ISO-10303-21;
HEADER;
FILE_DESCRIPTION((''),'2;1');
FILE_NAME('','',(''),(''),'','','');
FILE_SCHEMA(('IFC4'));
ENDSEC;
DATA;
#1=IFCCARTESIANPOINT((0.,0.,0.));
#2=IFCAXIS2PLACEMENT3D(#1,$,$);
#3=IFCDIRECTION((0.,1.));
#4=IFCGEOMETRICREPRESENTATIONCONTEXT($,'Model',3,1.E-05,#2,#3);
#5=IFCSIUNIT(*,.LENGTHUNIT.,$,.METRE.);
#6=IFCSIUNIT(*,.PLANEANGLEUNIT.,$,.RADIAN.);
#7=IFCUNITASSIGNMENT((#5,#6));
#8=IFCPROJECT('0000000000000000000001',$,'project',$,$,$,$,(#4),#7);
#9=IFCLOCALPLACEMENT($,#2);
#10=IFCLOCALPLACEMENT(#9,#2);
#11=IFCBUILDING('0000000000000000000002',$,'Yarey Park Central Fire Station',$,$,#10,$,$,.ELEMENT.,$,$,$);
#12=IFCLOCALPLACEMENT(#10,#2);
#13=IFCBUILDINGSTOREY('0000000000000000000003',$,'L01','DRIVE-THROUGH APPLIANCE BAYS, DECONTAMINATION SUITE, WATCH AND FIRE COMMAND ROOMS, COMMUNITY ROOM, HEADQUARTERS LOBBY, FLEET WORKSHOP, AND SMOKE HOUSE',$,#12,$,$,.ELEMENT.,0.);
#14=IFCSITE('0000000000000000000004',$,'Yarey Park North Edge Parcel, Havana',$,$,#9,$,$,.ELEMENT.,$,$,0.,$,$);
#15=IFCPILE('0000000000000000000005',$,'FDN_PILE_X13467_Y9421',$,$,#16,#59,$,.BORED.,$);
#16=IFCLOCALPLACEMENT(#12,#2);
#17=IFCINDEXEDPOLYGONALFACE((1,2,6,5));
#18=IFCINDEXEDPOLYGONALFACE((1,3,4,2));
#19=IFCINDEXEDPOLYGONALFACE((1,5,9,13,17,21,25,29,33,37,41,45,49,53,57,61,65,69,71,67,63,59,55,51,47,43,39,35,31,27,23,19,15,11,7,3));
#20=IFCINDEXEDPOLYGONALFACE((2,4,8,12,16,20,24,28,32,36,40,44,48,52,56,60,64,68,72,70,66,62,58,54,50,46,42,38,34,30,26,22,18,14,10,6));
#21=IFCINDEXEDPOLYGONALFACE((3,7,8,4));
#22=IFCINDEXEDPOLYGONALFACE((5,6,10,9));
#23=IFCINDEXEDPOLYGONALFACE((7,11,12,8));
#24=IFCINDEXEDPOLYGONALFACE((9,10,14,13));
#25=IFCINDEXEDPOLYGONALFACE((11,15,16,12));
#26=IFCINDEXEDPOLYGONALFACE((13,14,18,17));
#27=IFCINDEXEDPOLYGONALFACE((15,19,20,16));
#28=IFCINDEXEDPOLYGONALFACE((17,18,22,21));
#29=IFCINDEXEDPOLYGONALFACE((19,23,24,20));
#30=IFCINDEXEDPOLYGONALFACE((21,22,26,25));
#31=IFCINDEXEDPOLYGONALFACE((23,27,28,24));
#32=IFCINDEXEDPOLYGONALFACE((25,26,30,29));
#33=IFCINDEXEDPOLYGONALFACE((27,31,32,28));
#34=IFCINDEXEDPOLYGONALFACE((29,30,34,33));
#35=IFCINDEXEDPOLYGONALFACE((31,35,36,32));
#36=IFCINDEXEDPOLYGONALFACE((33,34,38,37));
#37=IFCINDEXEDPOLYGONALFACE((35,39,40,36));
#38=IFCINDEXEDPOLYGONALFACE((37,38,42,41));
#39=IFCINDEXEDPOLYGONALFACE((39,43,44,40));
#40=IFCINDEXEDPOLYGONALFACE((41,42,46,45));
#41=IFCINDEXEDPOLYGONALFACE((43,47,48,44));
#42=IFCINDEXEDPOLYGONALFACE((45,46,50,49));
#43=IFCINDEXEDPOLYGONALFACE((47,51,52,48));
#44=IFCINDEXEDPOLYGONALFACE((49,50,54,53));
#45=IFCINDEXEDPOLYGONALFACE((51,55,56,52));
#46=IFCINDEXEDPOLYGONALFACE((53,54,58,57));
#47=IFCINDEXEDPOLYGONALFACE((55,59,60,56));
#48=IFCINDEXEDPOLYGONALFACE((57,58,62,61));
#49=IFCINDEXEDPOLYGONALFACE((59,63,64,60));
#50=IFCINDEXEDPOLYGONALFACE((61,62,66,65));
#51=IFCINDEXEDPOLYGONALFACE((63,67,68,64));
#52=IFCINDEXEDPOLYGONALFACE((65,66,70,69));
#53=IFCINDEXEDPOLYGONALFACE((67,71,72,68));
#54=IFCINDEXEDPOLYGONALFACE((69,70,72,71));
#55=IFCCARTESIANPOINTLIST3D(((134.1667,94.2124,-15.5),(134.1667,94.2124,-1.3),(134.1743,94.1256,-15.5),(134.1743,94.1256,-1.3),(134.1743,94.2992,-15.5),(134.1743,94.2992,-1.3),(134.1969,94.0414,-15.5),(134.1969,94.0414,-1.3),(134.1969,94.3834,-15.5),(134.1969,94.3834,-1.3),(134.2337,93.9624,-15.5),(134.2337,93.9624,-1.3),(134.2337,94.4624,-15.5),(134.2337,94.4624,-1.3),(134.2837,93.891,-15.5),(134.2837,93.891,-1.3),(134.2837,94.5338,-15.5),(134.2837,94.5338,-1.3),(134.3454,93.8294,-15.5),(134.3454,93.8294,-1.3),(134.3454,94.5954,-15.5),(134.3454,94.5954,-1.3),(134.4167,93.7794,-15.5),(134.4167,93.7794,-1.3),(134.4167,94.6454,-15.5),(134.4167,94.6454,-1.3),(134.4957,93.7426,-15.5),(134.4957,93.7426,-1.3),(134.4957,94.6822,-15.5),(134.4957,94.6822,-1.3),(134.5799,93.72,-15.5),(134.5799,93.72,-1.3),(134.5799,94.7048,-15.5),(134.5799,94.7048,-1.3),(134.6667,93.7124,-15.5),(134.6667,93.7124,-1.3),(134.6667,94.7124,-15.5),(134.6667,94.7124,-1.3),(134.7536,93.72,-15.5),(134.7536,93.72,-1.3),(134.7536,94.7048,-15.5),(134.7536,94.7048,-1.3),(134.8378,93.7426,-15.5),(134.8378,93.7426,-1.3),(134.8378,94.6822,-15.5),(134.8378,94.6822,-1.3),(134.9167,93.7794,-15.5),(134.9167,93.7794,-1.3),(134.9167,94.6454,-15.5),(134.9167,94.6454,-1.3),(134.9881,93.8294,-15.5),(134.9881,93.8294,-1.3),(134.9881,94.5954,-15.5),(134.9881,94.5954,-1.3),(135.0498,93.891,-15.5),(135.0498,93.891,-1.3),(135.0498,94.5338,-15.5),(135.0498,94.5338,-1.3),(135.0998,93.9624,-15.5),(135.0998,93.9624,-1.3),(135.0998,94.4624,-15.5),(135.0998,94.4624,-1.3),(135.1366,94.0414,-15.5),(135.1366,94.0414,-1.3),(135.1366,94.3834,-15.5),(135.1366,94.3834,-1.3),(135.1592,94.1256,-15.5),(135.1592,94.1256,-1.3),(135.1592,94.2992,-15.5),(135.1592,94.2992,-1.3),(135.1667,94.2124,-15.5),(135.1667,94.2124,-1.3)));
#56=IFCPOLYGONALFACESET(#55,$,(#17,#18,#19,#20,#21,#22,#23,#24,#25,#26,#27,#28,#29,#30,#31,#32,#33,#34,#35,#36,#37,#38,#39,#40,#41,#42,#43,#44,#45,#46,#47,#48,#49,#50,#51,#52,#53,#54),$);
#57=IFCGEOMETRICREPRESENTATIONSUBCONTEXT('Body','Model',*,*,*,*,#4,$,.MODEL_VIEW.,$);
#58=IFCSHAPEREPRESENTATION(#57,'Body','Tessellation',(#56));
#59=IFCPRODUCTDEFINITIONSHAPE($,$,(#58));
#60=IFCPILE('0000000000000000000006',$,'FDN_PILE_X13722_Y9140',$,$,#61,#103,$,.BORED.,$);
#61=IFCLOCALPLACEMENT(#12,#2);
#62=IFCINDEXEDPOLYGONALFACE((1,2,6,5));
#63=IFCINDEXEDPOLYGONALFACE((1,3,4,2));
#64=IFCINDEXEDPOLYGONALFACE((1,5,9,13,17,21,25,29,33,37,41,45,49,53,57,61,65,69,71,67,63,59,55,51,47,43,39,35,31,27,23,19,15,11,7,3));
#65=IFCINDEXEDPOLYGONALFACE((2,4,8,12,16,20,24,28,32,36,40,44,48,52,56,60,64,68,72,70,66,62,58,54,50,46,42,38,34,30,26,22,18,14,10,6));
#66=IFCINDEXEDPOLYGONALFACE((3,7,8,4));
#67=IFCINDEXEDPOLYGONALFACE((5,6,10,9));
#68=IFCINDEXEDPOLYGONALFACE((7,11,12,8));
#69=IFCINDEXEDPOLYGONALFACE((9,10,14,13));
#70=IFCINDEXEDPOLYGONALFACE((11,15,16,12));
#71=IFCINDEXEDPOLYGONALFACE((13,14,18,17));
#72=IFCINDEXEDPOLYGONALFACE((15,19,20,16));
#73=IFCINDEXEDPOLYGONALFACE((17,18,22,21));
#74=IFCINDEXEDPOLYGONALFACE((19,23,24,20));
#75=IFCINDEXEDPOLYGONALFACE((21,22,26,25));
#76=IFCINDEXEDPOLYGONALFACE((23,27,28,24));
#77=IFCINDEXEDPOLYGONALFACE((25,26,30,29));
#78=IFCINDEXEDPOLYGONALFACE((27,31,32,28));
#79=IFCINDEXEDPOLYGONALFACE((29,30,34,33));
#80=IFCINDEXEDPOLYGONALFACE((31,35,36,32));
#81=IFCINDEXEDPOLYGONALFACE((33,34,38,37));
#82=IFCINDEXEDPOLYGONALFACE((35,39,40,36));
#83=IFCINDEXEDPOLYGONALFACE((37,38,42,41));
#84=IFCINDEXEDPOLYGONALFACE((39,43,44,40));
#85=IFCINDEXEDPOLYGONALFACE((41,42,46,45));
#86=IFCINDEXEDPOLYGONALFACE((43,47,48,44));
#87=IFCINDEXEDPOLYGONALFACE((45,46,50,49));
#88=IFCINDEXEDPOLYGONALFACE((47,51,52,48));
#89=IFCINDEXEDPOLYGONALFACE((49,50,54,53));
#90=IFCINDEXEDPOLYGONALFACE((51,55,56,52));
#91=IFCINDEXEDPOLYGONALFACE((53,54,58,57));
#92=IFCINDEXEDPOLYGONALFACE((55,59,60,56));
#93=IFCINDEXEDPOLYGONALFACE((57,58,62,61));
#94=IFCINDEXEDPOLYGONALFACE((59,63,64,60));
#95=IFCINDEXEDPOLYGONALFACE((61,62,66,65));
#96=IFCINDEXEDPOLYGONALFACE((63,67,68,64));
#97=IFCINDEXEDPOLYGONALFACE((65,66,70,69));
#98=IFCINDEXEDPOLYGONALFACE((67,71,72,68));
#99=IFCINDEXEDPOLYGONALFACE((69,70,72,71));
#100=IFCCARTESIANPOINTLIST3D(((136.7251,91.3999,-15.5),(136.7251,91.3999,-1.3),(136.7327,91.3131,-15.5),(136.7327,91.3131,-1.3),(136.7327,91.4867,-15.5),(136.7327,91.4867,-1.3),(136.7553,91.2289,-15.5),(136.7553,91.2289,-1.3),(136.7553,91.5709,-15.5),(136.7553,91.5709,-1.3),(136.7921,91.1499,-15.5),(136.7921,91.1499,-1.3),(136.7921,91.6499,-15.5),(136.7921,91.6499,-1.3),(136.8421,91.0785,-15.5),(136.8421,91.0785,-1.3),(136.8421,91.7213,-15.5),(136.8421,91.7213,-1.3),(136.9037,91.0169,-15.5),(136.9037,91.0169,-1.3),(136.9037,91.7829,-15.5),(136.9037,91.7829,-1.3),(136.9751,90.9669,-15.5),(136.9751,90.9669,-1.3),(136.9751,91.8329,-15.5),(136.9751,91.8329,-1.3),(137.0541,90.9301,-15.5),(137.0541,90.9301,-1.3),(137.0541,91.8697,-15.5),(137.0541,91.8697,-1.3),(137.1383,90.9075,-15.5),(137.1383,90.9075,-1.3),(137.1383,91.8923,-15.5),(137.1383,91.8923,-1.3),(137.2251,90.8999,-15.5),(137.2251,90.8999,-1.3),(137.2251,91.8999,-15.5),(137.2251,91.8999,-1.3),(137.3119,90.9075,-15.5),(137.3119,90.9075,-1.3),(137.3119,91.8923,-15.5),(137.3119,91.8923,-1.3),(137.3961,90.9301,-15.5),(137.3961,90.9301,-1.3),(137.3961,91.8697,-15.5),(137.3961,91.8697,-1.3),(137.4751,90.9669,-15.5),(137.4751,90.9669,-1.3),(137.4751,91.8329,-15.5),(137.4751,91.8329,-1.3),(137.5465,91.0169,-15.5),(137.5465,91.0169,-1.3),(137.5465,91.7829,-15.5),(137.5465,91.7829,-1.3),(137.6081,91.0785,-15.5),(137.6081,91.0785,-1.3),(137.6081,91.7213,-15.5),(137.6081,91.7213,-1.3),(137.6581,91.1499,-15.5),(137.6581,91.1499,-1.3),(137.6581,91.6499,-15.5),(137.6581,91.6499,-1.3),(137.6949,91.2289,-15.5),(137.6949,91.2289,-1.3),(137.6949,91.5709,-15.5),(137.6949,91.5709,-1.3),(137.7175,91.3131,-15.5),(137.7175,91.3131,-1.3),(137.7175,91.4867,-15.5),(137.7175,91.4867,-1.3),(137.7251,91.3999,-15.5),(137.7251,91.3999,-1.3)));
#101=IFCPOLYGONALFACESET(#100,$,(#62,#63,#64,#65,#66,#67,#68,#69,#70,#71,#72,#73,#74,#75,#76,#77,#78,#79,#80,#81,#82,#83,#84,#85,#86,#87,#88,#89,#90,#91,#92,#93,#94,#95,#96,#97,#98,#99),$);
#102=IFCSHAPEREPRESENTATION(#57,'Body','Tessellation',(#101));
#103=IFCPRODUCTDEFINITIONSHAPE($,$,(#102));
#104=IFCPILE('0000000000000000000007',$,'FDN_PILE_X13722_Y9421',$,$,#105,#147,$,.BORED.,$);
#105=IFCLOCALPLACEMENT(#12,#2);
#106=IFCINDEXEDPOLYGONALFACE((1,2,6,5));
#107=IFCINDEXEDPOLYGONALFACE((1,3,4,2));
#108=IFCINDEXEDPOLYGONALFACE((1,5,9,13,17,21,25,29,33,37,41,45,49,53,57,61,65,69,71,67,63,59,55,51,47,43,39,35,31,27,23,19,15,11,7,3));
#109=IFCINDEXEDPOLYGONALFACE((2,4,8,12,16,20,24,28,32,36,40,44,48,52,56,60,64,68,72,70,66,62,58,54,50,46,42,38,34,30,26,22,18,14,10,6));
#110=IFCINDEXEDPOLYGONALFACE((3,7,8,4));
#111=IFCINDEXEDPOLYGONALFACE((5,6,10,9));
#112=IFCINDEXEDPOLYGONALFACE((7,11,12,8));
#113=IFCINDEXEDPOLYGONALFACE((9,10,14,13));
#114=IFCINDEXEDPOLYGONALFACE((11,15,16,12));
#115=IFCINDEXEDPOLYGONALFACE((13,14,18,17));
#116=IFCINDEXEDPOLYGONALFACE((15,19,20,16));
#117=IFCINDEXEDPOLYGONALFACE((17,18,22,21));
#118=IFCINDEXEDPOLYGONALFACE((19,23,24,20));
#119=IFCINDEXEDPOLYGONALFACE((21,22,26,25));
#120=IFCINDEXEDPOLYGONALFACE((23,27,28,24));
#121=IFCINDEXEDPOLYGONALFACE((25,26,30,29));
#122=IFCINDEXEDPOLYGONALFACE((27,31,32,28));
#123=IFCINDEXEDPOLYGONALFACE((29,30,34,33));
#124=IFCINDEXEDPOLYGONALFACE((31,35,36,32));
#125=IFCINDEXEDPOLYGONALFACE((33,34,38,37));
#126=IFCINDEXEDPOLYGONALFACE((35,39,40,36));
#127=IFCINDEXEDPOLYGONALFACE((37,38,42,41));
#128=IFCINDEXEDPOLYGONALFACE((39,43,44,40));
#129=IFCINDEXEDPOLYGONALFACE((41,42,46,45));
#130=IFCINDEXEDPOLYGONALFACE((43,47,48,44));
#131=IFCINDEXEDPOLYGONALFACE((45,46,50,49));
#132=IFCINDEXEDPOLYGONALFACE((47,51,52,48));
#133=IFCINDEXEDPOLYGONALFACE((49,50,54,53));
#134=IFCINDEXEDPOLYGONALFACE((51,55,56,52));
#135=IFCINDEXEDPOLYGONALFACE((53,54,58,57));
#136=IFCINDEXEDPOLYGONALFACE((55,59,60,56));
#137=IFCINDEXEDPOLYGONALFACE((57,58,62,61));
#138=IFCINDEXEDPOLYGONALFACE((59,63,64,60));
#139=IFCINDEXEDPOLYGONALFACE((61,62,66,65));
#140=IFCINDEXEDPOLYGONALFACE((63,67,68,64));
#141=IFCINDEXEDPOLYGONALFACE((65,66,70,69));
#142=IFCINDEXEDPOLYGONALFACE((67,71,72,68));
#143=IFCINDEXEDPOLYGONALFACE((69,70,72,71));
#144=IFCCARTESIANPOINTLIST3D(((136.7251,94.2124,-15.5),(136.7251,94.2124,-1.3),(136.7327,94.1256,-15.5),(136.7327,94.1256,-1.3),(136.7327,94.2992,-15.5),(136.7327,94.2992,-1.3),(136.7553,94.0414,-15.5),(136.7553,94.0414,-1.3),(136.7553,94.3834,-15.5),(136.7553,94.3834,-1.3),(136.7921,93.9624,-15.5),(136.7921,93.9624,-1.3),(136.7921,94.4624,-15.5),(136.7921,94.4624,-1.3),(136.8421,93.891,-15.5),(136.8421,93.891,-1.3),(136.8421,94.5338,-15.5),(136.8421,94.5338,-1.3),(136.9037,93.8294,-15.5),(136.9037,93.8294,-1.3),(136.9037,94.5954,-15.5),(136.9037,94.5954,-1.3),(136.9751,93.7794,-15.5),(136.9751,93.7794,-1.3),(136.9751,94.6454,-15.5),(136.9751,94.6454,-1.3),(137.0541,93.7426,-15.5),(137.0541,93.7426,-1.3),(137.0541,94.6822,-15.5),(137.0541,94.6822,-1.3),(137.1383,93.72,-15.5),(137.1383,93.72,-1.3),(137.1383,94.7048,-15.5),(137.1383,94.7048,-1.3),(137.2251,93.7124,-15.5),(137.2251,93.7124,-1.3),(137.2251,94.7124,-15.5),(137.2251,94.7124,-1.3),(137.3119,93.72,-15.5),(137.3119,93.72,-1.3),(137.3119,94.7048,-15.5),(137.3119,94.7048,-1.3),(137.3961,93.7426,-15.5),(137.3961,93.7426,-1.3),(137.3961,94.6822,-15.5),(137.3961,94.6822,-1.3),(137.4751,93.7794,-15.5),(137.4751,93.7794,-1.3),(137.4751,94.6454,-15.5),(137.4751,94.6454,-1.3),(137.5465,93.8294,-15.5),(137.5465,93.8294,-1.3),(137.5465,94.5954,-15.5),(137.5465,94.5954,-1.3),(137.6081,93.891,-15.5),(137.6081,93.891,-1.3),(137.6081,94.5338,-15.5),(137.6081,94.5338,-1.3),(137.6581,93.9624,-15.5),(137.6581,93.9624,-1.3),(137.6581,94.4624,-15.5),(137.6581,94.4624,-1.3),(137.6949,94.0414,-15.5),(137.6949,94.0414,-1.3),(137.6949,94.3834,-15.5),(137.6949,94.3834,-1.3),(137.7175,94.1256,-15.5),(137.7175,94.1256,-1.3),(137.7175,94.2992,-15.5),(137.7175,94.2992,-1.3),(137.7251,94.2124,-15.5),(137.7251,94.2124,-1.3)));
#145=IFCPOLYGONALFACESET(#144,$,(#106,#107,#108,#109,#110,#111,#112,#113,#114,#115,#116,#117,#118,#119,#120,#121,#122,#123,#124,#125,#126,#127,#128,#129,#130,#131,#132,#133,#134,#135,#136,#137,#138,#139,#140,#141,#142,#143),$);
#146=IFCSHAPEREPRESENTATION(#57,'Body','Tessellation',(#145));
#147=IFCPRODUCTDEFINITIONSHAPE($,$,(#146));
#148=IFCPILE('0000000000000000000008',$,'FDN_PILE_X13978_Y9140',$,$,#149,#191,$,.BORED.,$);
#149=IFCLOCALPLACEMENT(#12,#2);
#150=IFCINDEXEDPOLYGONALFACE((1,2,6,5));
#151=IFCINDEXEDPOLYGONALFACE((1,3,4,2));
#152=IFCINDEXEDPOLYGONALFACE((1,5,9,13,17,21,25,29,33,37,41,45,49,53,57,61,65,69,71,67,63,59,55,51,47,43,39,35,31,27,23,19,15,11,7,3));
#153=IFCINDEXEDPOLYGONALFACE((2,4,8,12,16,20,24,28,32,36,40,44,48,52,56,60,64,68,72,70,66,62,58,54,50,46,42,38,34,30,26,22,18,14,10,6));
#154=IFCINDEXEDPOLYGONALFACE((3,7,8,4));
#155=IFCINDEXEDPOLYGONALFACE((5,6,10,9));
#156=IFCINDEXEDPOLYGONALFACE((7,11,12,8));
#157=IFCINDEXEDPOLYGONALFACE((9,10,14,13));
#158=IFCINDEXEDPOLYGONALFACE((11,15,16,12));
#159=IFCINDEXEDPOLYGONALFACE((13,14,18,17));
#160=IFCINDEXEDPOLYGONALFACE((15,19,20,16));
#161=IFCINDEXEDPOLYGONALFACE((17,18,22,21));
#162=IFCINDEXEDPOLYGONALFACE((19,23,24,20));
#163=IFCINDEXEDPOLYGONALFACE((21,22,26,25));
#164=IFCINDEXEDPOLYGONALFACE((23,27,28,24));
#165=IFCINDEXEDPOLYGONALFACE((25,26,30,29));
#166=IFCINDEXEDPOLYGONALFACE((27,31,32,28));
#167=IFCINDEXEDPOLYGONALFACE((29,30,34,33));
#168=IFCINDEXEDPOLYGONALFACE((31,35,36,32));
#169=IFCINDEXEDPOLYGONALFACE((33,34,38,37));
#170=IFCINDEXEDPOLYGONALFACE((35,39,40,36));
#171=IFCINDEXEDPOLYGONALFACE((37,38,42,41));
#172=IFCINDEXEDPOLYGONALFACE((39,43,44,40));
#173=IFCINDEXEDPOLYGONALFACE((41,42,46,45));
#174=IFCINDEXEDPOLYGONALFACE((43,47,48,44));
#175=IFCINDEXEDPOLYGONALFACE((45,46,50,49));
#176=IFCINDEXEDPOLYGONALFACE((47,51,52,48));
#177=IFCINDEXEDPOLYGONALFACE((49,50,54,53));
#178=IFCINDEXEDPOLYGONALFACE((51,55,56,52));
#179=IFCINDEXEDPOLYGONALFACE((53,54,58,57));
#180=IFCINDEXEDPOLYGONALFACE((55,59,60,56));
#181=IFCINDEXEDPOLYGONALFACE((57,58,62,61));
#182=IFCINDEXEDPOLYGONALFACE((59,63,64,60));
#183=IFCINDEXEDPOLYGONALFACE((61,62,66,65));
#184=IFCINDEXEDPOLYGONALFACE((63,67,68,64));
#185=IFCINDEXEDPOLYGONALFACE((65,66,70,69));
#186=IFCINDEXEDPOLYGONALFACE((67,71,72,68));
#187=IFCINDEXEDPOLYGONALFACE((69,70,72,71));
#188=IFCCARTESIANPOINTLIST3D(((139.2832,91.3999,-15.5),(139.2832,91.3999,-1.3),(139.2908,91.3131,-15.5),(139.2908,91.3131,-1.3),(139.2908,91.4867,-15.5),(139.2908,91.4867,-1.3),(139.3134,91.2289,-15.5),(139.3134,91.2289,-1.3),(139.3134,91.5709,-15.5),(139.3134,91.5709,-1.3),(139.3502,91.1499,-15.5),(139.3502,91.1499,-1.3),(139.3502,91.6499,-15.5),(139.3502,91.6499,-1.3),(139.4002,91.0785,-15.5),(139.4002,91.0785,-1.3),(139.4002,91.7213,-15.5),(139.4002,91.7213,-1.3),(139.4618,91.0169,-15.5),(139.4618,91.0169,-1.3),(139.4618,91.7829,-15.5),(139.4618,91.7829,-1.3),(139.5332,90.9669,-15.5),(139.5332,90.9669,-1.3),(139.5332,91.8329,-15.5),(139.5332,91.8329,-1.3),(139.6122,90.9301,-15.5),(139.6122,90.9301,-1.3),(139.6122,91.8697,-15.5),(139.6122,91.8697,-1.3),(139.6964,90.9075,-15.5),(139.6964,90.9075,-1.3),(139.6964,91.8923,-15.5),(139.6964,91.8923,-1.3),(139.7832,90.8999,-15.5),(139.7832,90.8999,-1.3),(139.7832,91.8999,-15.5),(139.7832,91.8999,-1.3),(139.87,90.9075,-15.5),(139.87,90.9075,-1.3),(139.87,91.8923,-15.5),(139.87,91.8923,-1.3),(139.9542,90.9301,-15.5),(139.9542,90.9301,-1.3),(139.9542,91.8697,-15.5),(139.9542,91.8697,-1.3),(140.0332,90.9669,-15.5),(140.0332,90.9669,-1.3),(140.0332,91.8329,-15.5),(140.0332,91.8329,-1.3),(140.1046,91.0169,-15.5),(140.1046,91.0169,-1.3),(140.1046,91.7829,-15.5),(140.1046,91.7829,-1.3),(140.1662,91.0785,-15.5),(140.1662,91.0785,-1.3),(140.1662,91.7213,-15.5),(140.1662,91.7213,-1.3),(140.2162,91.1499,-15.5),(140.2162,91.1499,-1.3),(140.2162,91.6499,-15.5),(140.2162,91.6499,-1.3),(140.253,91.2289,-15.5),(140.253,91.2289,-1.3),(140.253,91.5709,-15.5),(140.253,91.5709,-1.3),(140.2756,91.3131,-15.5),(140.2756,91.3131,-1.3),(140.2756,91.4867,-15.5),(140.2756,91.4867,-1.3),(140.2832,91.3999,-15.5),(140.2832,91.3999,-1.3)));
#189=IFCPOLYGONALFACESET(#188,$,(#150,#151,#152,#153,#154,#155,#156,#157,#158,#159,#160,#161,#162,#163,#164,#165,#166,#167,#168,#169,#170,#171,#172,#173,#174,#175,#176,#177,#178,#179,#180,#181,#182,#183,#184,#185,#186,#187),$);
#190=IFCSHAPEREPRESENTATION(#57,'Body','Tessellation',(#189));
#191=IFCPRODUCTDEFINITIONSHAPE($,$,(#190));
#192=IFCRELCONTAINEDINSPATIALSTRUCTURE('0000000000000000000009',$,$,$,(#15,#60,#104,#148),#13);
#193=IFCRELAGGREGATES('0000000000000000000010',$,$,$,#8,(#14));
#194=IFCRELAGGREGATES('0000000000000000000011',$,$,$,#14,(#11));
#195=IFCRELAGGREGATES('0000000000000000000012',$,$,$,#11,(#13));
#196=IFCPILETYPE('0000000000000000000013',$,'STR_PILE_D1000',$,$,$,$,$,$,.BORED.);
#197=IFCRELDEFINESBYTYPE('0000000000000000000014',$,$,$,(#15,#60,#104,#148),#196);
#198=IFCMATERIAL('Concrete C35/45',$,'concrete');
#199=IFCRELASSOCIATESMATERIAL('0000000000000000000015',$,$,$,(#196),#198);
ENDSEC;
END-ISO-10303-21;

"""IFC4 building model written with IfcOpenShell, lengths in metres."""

from ifc_helpers import new_model, si_unit, direction, frame, origin, origin_2d, place, context, subcontext, project, spatial, circle, extrude, material, material_profile, profile_set, type_object, element, save


model = new_model("IFC4")

# Units and contexts
model_context = context("Model", 3, precision=1e-05, world=origin(), true_north=direction((0.0, 1.0)))
body_context = subcontext(model_context, "Body", "Model", "MODEL_VIEW")
ifc_project = project(units=[si_unit("LENGTHUNIT", "METRE"), si_unit("PLANEANGLEUNIT", "RADIAN")], contexts=[model_context])

# Site, building, storey
site_placement = place(None, origin())
site = spatial("IfcSite", under=ifc_project, at=site_placement, Name="Yarey Park North Edge Parcel, Havana", CompositionType="ELEMENT", RefElevation=0.0)
building_placement = place(site_placement, origin())
building = spatial("IfcBuilding", under=site, at=building_placement, Name="Yarey Park Central Fire Station", CompositionType="ELEMENT")
storey_placement = place(building_placement, origin())
storey = spatial("IfcBuildingStorey", under=building, at=storey_placement, Name="L01", Description="DRIVE-THROUGH APPLIANCE BAYS, DECONTAMINATION SUITE, WATCH AND FIRE COMMAND ROOMS, COMMUNITY ROOM, HEADQUARTERS LOBBY, FLEET WORKSHOP, AND SMOKE HOUSE", CompositionType="ELEMENT", Elevation=0.0)

# Shared definitions
ifc_material_1 = material(Name="Concrete C35/45", Category="concrete")

# Piles
ifc_material_profile_1 = material_profile(ifc_material_1, circle(Radius=0.5, at=origin_2d()), Name="BORED PILE D1000")
ifc_profile_set_1 = profile_set([ifc_material_profile_1], Name="Concrete C35/45")
pile_type_1 = type_object("IfcPileType", Name="STR_PILE_D1000", PredefinedType="BORED", material=ifc_profile_set_1)
for number, where, z_axis, x_axis, name in (
    (1, (134.6667, 94.2124, -1.3), (0.0, 0.0, -1.0), (1.0, 0.0, 0.0), "FDN_PILE_X13467_Y9421"),
    (2, (137.2251, 91.3999, -1.3), (0.0, 0.0, -1.0), (1.0, 0.0, 0.0), "FDN_PILE_X13722_Y9140"),
    (3, (137.2251, 94.2124, -1.3), (0.0, 0.0, -1.0), (1.0, 0.0, 0.0), "FDN_PILE_X13722_Y9421"),
    (4, (139.7832, 91.3999, -1.3), (0.0, 0.0, -1.0), (1.0, 0.0, 0.0), "FDN_PILE_X13978_Y9140"),
):
    element("IfcPile", number, at=place(storey_placement, frame(where, z_axis=z_axis, x_axis=x_axis)), inside=storey, type_object=pile_type_1, Name=name, PredefinedType="BORED", context=body_context, shape_type="SweptSolid", body=[
        extrude(circle(Radius=0.5, at=origin_2d()), origin(), (0.0, 0.0, 1.0), 14.2),
    ])

save(model, "model.ifc")
